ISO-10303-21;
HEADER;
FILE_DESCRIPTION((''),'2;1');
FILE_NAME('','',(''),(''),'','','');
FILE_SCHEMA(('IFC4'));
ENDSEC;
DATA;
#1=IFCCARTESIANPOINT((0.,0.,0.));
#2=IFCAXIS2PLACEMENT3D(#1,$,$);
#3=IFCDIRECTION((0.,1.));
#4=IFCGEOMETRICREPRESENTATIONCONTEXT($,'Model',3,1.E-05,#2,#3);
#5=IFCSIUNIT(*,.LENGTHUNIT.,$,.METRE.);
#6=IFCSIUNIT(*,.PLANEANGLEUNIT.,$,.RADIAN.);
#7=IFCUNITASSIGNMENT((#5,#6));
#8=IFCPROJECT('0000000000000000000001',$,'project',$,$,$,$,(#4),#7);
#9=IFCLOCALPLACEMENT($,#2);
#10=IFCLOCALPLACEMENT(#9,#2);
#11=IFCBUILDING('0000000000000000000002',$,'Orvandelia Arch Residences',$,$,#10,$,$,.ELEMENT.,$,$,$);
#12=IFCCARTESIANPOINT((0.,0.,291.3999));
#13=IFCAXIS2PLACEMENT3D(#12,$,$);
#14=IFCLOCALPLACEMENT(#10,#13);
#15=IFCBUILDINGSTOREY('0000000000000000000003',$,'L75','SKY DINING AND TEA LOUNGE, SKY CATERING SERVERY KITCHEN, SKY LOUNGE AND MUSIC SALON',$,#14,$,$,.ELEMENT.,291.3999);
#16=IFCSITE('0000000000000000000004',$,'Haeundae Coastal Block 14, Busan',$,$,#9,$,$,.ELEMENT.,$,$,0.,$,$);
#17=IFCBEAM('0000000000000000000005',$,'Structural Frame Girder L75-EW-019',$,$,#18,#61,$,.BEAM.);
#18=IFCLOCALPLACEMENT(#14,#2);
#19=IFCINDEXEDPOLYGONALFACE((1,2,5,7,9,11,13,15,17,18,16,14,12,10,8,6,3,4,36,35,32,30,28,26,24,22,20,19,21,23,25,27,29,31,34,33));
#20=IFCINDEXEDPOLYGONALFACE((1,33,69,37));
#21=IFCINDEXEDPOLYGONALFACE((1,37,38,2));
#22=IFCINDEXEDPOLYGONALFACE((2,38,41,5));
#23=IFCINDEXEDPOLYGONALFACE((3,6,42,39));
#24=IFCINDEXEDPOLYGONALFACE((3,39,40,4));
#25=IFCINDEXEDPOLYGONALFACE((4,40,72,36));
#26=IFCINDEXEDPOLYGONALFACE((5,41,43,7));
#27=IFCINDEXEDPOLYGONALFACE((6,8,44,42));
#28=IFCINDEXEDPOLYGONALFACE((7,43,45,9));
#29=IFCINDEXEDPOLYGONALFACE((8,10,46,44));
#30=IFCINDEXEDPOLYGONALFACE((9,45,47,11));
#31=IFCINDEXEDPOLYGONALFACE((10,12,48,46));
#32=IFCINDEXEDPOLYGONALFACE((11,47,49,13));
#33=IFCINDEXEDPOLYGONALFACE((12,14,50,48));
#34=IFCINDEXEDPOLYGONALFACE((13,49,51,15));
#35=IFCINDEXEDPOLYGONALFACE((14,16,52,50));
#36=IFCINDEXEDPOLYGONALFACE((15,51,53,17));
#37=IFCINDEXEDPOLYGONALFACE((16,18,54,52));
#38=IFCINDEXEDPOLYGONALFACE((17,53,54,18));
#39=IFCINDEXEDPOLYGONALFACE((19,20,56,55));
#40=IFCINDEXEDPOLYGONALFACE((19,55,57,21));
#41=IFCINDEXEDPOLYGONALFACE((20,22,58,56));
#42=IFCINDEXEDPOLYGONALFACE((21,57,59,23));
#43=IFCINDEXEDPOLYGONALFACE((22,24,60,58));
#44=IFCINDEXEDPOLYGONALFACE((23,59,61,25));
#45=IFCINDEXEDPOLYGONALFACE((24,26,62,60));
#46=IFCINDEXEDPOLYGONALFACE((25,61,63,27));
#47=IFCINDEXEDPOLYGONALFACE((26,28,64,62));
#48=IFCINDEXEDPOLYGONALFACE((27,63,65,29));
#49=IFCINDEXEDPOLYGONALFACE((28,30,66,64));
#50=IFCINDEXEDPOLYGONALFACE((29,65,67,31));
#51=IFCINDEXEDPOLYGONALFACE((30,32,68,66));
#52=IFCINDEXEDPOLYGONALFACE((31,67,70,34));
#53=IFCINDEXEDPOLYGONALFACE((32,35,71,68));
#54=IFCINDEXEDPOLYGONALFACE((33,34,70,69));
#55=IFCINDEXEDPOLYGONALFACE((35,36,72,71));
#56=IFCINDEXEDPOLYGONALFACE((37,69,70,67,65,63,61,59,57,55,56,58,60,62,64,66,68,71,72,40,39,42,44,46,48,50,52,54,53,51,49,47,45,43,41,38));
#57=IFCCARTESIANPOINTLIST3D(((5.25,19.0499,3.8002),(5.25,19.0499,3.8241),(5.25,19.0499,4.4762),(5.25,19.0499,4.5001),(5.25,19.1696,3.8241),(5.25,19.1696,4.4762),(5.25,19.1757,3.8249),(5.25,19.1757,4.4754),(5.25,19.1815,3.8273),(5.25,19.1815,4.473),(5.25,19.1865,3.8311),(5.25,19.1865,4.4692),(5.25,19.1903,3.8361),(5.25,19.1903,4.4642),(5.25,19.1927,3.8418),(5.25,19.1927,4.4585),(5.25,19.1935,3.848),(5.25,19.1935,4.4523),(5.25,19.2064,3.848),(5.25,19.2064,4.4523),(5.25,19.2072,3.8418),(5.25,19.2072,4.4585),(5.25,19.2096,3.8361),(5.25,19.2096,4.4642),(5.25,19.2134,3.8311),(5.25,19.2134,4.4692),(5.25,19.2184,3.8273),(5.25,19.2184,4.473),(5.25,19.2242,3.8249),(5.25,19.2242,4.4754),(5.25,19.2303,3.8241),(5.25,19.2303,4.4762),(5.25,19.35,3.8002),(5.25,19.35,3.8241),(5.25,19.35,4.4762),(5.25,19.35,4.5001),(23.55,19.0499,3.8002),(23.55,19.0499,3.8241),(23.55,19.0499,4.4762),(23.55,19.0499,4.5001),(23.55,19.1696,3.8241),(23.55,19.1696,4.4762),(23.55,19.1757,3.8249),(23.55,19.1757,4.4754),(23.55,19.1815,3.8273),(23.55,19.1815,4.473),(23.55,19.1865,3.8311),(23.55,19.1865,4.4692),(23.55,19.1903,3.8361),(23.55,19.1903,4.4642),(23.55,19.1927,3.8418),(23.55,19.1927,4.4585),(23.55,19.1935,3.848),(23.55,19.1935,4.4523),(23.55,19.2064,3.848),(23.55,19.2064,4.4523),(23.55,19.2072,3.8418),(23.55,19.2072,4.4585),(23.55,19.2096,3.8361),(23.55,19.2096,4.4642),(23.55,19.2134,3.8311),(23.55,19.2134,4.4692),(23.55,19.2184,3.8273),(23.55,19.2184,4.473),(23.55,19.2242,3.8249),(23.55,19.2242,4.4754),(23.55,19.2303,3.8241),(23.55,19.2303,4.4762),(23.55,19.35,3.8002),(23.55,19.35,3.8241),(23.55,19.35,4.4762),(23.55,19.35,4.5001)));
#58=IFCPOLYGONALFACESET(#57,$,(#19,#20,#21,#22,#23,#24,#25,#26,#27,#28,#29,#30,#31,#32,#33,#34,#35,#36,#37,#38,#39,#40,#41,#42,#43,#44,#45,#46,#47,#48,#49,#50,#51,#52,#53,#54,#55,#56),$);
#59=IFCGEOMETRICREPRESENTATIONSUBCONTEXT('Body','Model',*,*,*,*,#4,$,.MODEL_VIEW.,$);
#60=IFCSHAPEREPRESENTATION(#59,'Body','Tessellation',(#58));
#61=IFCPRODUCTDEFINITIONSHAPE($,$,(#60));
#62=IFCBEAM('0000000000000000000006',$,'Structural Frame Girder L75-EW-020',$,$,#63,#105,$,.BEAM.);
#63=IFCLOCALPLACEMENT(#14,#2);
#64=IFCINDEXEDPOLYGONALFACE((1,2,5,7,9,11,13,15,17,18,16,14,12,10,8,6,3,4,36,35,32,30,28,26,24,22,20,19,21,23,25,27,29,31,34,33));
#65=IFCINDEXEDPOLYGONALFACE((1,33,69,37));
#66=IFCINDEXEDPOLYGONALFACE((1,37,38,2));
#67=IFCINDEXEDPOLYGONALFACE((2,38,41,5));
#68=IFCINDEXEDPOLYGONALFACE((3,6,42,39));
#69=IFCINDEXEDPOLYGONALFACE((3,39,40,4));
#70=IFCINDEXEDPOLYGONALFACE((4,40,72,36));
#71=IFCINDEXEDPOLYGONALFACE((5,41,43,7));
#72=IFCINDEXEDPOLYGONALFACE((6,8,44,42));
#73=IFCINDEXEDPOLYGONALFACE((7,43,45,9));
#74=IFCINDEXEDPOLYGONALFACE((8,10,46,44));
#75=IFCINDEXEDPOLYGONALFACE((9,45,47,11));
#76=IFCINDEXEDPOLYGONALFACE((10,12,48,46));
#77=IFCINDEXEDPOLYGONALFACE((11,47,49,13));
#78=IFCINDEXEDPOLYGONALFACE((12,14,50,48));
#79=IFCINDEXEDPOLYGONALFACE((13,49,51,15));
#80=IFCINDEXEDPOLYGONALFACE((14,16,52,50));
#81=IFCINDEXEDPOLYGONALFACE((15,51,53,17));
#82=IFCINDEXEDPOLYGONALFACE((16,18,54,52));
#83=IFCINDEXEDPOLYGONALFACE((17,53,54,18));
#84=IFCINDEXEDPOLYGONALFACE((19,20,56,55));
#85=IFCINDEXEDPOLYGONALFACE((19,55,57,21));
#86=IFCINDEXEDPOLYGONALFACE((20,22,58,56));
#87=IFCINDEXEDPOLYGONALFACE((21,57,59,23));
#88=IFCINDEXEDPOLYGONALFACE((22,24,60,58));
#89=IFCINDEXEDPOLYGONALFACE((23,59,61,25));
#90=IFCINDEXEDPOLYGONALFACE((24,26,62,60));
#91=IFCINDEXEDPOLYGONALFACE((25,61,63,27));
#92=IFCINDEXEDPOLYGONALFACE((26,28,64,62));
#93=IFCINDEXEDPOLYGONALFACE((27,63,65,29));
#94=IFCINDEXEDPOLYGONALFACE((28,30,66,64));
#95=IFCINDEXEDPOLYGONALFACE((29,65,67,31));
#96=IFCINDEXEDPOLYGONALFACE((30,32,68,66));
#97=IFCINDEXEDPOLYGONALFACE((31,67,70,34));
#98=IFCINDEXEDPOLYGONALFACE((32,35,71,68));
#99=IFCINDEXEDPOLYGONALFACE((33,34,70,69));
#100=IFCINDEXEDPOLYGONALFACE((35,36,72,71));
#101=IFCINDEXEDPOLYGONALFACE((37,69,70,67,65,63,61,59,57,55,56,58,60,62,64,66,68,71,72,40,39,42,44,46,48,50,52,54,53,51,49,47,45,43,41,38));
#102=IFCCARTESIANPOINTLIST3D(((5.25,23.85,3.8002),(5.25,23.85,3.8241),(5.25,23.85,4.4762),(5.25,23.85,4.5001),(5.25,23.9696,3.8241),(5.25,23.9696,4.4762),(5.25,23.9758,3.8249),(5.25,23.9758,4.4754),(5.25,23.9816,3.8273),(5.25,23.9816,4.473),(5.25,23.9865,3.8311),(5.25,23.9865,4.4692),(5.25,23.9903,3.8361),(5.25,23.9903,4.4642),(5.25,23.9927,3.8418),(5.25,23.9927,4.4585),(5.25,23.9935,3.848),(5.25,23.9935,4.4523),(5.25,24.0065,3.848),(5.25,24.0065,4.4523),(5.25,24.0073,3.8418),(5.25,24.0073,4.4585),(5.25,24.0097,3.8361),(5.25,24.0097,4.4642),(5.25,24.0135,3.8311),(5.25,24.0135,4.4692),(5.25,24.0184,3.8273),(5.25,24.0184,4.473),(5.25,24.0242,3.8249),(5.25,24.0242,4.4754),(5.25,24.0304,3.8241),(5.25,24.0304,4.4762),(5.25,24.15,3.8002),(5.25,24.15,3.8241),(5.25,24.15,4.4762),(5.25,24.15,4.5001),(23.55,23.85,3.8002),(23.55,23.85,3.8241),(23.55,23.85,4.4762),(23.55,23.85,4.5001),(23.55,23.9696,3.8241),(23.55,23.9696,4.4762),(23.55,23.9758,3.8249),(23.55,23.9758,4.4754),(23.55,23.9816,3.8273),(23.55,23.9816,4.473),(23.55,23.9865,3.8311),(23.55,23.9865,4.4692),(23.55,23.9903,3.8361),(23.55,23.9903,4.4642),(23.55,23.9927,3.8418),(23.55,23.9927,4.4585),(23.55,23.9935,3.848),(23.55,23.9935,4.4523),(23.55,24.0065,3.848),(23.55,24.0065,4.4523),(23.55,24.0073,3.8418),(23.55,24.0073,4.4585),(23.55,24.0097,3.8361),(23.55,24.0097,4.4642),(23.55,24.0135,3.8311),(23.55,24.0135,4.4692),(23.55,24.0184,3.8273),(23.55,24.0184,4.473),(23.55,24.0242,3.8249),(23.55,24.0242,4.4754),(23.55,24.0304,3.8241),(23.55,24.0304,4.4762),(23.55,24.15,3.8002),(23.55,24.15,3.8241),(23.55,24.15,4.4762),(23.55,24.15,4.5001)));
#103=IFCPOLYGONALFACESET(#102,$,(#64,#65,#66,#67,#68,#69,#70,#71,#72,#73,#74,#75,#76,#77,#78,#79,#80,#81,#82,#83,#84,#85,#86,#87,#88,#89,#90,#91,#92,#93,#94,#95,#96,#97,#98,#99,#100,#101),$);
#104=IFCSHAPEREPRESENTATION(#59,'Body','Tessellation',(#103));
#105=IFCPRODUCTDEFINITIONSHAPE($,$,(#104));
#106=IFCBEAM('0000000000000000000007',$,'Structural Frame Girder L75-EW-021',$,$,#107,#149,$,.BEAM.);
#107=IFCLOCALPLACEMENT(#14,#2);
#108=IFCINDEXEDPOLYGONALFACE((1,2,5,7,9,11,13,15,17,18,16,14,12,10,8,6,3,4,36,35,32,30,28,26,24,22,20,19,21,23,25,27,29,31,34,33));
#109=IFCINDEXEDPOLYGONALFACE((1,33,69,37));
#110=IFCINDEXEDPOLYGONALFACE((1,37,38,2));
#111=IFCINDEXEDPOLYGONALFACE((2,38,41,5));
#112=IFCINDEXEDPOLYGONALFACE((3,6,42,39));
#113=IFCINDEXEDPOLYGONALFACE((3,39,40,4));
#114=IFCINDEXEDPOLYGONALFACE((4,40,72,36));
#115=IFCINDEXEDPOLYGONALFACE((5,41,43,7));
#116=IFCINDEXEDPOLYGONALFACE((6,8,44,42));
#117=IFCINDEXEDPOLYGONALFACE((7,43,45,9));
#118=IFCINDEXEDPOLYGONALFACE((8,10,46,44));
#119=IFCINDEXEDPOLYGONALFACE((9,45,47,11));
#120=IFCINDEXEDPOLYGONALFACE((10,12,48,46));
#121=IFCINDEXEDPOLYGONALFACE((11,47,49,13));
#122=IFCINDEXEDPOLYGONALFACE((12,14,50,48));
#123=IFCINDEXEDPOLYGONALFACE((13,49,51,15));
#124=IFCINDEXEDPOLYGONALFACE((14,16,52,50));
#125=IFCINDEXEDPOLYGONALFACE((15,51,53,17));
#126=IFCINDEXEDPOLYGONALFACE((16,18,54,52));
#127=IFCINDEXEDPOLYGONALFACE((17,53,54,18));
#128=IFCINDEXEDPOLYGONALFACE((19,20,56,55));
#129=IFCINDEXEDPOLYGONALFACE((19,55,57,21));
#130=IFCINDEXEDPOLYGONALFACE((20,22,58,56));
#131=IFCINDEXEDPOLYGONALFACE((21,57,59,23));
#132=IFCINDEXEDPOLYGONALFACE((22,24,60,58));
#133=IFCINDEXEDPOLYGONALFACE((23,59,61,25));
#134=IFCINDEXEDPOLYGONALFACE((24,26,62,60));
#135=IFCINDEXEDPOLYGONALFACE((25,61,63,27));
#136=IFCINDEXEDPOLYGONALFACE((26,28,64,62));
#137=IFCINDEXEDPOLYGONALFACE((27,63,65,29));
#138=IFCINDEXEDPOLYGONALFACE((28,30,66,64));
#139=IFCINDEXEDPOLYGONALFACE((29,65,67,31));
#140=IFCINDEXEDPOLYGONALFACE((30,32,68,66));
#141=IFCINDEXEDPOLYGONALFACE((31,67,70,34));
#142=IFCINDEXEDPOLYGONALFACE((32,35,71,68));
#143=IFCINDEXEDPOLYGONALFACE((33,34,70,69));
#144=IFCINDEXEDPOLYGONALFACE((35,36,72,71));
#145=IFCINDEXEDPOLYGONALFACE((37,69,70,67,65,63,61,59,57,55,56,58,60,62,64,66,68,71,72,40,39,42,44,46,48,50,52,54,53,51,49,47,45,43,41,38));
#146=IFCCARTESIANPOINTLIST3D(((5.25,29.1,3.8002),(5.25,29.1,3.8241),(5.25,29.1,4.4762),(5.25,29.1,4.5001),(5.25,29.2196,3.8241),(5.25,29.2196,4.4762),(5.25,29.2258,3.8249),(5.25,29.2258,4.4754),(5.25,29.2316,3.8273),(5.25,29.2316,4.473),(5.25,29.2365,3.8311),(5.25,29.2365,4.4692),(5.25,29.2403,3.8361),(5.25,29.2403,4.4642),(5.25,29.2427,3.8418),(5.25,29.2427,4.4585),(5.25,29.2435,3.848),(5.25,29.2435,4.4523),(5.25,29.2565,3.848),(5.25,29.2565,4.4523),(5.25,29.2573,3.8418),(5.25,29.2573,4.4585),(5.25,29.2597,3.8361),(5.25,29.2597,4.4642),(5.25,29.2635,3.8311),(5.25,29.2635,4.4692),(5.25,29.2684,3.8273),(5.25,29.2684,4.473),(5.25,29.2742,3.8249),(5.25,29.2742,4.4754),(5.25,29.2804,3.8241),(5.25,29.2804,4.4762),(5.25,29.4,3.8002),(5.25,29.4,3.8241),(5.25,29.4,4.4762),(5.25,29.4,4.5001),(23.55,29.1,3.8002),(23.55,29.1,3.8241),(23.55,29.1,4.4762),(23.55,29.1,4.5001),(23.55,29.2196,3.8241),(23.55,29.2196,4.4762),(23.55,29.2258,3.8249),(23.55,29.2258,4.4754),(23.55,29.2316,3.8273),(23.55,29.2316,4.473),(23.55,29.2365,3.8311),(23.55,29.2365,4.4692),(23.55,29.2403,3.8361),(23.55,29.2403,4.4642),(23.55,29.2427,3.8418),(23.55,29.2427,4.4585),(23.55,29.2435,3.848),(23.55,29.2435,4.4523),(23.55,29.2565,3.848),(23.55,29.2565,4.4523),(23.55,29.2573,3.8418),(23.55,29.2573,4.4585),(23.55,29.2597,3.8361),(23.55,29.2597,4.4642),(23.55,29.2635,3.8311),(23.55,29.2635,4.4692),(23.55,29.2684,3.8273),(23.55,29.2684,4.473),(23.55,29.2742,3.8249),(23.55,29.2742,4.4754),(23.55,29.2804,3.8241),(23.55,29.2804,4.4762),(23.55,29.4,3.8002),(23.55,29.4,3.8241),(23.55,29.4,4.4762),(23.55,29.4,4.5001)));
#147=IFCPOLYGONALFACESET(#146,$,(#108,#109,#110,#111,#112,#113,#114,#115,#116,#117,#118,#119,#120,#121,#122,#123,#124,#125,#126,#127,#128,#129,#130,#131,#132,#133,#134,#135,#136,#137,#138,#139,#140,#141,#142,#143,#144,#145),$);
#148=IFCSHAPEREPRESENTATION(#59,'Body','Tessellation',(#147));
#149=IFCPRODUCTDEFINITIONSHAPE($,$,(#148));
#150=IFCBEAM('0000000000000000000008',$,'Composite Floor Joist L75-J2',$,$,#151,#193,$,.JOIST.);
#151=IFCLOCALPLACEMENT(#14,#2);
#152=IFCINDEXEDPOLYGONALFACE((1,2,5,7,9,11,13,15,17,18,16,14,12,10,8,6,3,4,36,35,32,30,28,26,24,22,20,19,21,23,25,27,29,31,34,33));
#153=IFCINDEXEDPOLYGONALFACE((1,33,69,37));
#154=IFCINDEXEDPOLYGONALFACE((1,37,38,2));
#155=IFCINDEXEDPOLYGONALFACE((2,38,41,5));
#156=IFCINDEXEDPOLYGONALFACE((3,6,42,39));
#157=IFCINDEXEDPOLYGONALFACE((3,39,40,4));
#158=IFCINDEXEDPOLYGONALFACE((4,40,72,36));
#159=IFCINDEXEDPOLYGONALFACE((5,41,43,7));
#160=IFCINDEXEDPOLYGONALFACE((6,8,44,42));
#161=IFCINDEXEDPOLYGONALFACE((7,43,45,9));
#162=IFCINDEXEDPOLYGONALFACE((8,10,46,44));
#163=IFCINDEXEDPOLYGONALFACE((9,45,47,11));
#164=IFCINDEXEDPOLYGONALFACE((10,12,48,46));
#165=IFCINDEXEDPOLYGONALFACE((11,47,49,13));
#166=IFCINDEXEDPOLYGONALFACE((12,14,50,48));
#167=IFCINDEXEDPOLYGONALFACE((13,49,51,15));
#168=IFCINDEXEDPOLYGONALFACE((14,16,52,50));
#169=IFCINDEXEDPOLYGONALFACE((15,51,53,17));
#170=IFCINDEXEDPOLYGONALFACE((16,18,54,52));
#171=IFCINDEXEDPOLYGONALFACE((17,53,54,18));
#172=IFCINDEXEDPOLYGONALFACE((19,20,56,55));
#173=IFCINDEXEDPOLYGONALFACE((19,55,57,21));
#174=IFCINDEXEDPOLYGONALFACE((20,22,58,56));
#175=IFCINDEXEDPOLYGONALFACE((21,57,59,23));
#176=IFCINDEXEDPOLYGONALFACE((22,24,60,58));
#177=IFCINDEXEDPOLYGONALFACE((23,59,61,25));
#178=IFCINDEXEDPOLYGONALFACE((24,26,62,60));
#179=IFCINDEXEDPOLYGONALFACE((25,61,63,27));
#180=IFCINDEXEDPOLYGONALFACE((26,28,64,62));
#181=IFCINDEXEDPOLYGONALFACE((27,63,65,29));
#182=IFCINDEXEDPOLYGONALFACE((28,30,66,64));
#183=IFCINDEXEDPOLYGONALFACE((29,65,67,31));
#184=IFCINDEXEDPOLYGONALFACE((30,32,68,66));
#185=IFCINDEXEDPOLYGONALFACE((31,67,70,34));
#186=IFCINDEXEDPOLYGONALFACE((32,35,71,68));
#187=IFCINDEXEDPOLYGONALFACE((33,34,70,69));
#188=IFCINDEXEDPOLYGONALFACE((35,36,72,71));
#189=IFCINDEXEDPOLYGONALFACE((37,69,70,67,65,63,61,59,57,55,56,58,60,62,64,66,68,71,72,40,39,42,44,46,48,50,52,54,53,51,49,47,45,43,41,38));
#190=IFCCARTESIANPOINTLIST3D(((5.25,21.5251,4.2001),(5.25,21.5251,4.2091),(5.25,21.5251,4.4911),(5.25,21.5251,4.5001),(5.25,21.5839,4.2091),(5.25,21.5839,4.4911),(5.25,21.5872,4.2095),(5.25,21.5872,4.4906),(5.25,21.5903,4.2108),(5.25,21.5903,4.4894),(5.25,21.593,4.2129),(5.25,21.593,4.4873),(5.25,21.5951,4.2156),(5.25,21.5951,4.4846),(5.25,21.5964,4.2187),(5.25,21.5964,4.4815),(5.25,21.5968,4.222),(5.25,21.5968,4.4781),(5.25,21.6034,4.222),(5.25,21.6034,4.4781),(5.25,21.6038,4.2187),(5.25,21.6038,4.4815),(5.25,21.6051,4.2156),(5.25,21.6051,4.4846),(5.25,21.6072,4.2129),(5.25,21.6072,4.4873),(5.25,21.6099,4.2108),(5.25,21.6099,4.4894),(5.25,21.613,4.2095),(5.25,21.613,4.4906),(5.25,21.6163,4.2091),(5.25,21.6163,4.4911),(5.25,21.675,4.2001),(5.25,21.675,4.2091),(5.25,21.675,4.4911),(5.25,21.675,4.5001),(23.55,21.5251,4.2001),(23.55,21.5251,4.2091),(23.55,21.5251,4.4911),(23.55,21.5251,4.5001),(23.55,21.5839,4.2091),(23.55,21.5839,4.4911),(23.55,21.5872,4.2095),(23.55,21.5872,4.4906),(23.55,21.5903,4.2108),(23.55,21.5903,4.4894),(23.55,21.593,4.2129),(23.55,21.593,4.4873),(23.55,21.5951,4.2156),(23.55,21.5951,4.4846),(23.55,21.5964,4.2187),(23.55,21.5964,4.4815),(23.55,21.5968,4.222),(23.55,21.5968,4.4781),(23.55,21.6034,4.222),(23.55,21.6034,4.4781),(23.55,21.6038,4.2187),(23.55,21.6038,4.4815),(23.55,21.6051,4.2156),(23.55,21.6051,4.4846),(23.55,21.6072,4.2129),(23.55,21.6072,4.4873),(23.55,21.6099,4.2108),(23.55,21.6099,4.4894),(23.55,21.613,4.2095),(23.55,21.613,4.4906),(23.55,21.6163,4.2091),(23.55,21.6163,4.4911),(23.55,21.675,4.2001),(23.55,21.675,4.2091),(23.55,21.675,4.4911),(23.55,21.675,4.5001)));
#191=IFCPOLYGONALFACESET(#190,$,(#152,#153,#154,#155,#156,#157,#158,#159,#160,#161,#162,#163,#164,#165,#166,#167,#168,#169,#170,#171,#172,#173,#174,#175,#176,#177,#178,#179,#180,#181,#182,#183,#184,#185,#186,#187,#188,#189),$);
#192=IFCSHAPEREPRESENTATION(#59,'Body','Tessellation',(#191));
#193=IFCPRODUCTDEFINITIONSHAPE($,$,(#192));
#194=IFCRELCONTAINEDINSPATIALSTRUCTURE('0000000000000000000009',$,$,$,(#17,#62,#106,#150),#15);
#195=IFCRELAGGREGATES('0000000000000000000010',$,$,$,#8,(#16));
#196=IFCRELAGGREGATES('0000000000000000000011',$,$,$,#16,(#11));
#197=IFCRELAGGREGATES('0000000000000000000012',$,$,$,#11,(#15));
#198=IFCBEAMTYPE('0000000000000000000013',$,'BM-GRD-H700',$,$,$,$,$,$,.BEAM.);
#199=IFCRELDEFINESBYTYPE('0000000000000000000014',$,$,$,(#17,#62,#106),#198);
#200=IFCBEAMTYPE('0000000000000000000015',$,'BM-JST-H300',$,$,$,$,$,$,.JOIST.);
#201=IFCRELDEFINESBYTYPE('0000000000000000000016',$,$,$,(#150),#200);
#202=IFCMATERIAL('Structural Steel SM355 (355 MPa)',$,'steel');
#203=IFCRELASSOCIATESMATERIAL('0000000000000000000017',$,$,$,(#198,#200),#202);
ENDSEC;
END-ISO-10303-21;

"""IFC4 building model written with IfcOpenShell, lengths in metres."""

from ifc_helpers import new_model, si_unit, direction, frame, origin, origin_2d, place, context, subcontext, project, spatial, i_section, extrude, material, material_profile, profile_set, type_object, element, save


model = new_model("IFC4")

# Units and contexts
model_context = context("Model", 3, precision=1e-05, world=origin(), true_north=direction((0.0, 1.0)))
body_context = subcontext(model_context, "Body", "Model", "MODEL_VIEW")
ifc_project = project(units=[si_unit("LENGTHUNIT", "METRE"), si_unit("PLANEANGLEUNIT", "RADIAN")], contexts=[model_context])

# Site, building, storey
site_placement = place(None, origin())
site = spatial("IfcSite", under=ifc_project, at=site_placement, Name="Haeundae Coastal Block 14, Busan", CompositionType="ELEMENT", RefElevation=0.0)
building_placement = place(site_placement, origin())
building = spatial("IfcBuilding", under=site, at=building_placement, Name="Orvandelia Arch Residences", CompositionType="ELEMENT")
storey_placement = place(building_placement, frame((0.0, 0.0, 291.3999)))
storey = spatial("IfcBuildingStorey", under=building, at=storey_placement, Name="L75", Description="SKY DINING AND TEA LOUNGE, SKY CATERING SERVERY KITCHEN, SKY LOUNGE AND MUSIC SALON", CompositionType="ELEMENT", Elevation=291.3999)

# Beams
ifc_material_1 = material(Name="Structural Steel SM355 (355 MPa)", Category="steel")
ifc_material_profile_1 = material_profile(ifc_material_1, i_section(OverallWidth=0.3, OverallDepth=0.7, WebThickness=0.0129, FlangeThickness=0.0239, FilletRadius=0.0239, at=origin_2d()), Name="Structural Steel SM355 (355 MPa)", Category="steel")
ifc_profile_set_1 = profile_set([ifc_material_profile_1], Name="Structural Steel SM355 (355 MPa)")
beam_type_1 = type_object("IfcBeamType", Name="BM-GRD-H700", PredefinedType="BEAM", material=ifc_profile_set_1)
for number, where, z_axis, x_axis, name in (
    (1, (5.25, 19.2, 4.1501), (1.0, 0.0, 0.0), (0.0, 1.0, 0.0), "Structural Frame Girder L75-EW-019"),
    (2, (5.25, 24.0, 4.1501), (1.0, 0.0, 0.0), (0.0, 1.0, 0.0), "Structural Frame Girder L75-EW-020"),
    (3, (5.25, 29.25, 4.1501), (1.0, 0.0, 0.0), (0.0, 1.0, 0.0), "Structural Frame Girder L75-EW-021"),
):
    element("IfcBeam", number, at=place(storey_placement, frame(where, z_axis=z_axis, x_axis=x_axis)), inside=storey, type_object=beam_type_1, Name=name, PredefinedType="BEAM", context=body_context, shape_type="SweptSolid", body=[
        extrude(i_section(OverallWidth=0.3, OverallDepth=0.7, WebThickness=0.0129, FlangeThickness=0.0239, FilletRadius=0.0239, at=origin_2d()), origin(), (0.0, 0.0, 1.0), 18.3),
    ])
ifc_material_profile_2 = material_profile(ifc_material_1, i_section(OverallWidth=0.1499, OverallDepth=0.3, WebThickness=0.0066, FlangeThickness=0.009, FilletRadius=0.0129, at=origin_2d()), Name="Structural Steel SM355 (355 MPa)", Category="steel")
ifc_profile_set_2 = profile_set([ifc_material_profile_2], Name="Structural Steel SM355 (355 MPa)")
beam_type_2 = type_object("IfcBeamType", Name="BM-JST-H300", PredefinedType="JOIST", material=ifc_profile_set_2)
beam_1_placement = place(storey_placement, frame((5.25, 21.6001, 4.3501), z_axis=(1.0, 0.0, 0.0), x_axis=(0.0, 1.0, 0.0)))
element("IfcBeam", 4, at=beam_1_placement, inside=storey, type_object=beam_type_2, Name="Composite Floor Joist L75-J2", PredefinedType="JOIST", context=body_context, shape_type="SweptSolid", body=[
    extrude(i_section(OverallWidth=0.1499, OverallDepth=0.3, WebThickness=0.0066, FlangeThickness=0.009, FilletRadius=0.0129, at=origin_2d()), origin(), (0.0, 0.0, 1.0), 18.3),
])

save(model, "model.ifc")
